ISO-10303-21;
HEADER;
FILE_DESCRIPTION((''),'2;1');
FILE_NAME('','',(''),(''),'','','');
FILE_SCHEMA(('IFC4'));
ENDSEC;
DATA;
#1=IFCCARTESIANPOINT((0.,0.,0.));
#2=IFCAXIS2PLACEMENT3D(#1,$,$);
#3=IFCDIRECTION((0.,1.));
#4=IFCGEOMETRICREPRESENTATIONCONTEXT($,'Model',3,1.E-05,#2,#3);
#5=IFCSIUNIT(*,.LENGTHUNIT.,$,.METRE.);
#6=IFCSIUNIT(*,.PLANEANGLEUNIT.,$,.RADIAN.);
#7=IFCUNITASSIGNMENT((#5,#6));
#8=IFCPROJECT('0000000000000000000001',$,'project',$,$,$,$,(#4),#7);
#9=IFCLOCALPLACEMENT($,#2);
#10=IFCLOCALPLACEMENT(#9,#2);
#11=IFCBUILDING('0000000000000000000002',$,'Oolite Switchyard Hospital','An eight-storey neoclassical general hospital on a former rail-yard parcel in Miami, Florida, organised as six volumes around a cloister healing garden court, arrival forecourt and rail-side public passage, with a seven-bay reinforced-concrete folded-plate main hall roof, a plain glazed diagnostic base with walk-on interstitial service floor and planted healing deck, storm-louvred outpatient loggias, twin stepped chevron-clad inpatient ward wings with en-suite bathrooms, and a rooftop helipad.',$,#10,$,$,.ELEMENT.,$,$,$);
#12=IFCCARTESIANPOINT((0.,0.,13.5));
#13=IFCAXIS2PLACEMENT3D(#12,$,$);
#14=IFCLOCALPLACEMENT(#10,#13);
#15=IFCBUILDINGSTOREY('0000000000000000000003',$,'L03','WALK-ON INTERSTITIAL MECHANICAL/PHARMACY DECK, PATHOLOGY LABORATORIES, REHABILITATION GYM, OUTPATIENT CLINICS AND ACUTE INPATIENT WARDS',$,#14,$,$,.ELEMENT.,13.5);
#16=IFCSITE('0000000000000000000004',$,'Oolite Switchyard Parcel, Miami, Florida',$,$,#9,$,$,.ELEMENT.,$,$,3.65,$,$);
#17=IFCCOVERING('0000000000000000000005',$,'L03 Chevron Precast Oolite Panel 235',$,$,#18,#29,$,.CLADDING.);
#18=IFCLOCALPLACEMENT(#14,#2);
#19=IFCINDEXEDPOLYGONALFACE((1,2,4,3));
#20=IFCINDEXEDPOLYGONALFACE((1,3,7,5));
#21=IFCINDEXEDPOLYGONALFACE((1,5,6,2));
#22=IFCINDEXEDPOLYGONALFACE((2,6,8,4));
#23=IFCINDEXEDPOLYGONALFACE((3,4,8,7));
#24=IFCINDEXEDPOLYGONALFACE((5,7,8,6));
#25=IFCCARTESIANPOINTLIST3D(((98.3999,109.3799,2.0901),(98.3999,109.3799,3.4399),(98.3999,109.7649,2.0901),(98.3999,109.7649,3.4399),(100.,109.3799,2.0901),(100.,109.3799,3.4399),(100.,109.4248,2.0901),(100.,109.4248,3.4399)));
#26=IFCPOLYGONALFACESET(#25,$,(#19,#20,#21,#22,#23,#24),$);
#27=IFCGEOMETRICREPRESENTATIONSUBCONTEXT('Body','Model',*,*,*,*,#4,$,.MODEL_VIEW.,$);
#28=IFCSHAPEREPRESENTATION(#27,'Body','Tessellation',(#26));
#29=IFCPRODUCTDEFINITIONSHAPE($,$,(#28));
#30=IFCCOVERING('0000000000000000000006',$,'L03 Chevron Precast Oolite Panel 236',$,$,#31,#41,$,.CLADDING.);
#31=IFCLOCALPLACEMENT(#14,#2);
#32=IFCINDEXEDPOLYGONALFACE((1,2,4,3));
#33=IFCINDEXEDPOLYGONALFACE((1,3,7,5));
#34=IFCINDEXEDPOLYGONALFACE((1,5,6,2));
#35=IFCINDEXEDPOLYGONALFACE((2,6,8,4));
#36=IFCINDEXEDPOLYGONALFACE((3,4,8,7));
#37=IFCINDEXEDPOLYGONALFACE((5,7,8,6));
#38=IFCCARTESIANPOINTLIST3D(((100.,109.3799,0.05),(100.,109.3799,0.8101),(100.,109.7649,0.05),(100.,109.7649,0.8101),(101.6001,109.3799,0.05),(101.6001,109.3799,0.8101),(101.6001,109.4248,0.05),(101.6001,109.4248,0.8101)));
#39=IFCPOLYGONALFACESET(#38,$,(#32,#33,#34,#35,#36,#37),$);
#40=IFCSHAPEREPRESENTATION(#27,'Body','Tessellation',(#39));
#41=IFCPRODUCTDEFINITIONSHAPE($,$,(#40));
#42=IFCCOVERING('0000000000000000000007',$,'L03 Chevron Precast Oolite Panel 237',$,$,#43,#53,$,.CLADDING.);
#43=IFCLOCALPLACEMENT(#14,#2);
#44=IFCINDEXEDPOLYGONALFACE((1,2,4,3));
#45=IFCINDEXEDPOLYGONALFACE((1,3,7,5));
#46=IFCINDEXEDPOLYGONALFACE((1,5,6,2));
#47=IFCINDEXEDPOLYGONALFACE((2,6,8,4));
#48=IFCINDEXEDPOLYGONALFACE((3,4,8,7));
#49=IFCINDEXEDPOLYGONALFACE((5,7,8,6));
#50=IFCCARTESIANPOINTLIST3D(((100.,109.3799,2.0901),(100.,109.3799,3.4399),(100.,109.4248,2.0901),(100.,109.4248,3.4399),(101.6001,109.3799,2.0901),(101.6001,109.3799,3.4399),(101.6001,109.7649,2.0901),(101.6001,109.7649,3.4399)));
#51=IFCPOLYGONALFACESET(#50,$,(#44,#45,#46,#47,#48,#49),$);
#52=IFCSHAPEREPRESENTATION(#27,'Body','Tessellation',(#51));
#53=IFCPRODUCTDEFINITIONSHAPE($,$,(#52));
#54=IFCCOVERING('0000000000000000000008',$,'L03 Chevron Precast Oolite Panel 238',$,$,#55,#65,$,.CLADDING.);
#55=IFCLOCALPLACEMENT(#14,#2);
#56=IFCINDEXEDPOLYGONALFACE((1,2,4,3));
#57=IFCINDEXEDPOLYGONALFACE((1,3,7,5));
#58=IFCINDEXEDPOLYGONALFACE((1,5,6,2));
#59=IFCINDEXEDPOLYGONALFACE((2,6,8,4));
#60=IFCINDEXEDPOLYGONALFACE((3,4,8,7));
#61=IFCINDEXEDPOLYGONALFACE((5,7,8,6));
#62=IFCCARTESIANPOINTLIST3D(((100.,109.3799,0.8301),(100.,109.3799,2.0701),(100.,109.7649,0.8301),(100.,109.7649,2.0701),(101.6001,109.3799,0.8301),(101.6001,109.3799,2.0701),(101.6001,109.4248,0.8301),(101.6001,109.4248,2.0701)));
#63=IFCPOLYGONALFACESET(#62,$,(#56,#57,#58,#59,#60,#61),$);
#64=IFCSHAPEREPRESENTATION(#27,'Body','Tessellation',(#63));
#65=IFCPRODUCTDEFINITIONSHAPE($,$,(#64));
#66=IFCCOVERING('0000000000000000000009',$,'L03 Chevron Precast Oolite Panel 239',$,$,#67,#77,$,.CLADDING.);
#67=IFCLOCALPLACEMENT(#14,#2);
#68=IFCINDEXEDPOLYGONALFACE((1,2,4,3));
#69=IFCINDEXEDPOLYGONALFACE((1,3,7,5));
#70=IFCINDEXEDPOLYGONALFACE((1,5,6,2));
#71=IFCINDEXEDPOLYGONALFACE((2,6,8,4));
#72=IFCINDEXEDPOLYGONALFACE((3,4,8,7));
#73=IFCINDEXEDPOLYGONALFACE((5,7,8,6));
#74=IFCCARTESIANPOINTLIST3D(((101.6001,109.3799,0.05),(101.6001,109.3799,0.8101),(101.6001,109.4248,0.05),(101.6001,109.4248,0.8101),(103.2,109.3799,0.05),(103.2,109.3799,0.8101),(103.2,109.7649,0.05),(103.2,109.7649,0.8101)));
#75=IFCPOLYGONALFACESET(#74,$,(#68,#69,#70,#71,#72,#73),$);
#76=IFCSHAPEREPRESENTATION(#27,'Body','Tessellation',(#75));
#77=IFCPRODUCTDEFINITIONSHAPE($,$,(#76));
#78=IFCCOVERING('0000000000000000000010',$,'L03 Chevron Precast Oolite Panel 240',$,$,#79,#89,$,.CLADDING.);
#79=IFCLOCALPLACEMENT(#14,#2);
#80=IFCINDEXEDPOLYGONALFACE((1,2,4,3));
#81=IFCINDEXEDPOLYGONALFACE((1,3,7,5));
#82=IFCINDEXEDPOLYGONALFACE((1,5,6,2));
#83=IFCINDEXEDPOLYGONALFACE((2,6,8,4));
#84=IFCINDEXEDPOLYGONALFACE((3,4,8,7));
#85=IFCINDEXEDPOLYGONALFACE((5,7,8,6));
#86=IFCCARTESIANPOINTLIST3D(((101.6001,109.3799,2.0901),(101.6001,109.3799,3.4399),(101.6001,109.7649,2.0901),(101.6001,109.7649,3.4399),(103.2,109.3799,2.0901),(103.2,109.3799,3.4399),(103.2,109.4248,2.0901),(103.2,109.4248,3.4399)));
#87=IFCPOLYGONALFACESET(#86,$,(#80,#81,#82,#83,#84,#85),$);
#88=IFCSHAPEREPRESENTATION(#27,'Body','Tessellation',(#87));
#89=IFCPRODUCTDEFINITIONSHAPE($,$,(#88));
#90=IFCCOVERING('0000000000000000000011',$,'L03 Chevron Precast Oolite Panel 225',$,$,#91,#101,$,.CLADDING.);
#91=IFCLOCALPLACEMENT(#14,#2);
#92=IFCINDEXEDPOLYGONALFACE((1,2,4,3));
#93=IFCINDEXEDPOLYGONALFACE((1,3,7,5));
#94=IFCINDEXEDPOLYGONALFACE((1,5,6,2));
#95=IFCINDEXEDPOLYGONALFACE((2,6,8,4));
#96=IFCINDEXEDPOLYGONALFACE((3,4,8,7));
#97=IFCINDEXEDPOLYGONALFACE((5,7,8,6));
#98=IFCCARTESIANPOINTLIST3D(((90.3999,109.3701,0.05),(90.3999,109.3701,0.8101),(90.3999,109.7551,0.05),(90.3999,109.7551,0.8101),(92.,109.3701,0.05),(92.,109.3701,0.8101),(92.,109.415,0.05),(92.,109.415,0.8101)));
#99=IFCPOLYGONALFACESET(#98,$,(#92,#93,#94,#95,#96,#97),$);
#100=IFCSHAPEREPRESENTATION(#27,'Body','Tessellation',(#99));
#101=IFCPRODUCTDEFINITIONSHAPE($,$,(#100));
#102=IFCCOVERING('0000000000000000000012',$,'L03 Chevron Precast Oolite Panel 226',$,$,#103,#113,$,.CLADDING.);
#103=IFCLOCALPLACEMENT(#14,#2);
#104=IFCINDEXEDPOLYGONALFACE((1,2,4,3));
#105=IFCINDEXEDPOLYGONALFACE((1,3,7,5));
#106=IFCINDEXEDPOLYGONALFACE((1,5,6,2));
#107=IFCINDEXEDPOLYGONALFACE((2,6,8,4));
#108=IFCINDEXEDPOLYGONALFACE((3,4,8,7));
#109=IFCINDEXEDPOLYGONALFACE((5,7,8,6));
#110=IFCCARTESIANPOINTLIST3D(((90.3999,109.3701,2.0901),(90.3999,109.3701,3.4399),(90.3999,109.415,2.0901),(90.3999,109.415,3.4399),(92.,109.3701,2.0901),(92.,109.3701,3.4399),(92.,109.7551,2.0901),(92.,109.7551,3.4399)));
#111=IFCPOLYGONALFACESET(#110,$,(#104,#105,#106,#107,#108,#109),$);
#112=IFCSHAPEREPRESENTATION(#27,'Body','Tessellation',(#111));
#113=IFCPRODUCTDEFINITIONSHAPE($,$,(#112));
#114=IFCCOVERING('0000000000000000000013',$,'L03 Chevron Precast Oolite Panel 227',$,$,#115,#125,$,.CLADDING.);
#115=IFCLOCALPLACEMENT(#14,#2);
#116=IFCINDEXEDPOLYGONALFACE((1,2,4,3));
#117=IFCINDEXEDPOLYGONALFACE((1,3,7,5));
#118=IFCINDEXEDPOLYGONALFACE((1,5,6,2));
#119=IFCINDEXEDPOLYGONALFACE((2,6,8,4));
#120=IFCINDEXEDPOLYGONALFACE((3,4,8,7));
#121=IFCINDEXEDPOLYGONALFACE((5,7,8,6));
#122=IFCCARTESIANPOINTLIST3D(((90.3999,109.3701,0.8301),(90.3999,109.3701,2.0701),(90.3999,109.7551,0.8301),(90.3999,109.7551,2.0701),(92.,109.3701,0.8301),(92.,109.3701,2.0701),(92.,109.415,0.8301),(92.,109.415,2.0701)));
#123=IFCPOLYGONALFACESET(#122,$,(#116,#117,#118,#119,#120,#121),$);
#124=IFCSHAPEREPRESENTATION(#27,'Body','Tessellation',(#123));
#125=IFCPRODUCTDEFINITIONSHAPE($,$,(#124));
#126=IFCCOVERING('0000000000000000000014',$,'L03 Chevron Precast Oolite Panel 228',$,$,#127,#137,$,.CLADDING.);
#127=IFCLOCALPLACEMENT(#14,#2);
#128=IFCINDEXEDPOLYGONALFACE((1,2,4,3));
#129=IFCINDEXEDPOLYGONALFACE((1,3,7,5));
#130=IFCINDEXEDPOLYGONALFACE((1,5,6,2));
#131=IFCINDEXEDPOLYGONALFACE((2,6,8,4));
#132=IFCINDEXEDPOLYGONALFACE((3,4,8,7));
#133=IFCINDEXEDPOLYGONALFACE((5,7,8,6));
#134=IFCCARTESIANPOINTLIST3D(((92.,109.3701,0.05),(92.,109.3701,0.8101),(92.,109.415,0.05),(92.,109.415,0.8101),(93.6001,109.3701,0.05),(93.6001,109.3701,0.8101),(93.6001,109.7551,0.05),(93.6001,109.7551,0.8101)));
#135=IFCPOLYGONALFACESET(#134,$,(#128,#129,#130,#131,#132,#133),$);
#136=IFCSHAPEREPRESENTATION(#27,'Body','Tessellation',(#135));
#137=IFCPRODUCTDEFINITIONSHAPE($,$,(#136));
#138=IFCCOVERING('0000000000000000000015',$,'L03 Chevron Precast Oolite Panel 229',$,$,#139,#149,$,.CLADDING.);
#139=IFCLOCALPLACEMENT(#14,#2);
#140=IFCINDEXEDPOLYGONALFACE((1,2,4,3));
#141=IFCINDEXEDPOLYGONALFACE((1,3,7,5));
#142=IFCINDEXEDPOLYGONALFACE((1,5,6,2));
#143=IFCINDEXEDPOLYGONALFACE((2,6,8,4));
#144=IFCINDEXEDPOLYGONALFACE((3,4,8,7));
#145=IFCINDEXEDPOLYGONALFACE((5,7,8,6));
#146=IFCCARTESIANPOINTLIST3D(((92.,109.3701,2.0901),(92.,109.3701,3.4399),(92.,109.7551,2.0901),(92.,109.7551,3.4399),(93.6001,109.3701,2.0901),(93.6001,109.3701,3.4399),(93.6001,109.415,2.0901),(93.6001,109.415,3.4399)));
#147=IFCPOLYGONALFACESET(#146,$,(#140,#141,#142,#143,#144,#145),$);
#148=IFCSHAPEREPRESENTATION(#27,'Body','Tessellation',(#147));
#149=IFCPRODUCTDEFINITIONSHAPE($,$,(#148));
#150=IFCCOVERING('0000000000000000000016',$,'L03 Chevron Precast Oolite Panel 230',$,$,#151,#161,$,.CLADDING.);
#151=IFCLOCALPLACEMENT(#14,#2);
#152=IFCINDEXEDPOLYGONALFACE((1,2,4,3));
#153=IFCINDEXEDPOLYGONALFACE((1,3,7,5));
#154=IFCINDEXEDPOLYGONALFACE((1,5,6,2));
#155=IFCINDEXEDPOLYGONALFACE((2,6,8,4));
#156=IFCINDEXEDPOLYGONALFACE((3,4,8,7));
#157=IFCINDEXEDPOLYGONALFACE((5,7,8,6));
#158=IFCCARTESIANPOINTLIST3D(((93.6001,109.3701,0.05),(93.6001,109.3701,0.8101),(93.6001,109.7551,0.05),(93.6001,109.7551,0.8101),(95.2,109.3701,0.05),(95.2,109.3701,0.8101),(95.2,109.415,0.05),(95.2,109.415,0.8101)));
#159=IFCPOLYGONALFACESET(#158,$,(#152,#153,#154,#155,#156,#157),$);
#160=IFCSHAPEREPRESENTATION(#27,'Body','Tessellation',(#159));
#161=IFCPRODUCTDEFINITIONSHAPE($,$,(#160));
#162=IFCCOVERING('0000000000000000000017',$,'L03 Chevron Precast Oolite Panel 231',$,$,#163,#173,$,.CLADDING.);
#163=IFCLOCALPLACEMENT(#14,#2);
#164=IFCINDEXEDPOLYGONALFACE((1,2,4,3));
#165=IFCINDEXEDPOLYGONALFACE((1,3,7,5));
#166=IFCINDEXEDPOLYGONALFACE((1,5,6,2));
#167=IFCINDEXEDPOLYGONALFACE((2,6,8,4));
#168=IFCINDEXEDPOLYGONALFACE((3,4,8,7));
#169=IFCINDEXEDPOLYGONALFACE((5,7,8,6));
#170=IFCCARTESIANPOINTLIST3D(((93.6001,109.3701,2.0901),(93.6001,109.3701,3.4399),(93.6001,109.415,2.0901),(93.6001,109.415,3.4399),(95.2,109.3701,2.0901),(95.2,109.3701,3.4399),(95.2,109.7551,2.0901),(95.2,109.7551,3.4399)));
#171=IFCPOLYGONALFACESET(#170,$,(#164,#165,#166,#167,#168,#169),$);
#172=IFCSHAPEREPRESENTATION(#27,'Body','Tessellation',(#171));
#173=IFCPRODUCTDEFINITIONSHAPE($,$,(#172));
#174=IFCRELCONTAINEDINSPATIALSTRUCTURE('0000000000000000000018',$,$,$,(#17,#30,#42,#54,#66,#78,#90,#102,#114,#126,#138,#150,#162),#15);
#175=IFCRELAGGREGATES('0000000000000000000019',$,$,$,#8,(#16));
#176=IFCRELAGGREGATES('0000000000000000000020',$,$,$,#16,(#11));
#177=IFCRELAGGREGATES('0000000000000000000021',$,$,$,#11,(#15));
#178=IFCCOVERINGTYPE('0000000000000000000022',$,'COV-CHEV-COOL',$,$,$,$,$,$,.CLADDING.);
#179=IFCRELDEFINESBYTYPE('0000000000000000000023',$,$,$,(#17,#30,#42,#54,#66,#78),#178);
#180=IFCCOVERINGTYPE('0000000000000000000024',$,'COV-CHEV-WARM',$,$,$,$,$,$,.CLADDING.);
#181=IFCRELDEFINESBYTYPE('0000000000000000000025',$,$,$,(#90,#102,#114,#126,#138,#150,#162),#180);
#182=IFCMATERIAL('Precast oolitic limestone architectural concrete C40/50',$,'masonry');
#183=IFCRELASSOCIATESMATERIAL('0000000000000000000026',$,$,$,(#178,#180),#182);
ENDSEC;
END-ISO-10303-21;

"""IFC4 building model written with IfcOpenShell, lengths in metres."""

from ifc_helpers import new_model, si_unit, direction, frame, origin, place, context, subcontext, project, spatial, polyline, outline, extrude, material, type_object, element, save


model = new_model("IFC4")

# Units and contexts
model_context = context("Model", 3, precision=1e-05, world=origin(), true_north=direction((0.0, 1.0)))
body_context = subcontext(model_context, "Body", "Model", "MODEL_VIEW")
ifc_project = project(units=[si_unit("LENGTHUNIT", "METRE"), si_unit("PLANEANGLEUNIT", "RADIAN")], contexts=[model_context])

# Site, building, storey
site_placement = place(None, origin())
site = spatial("IfcSite", under=ifc_project, at=site_placement, Name="Oolite Switchyard Parcel, Miami, Florida", CompositionType="ELEMENT", RefElevation=3.65)
building_placement = place(site_placement, origin())
building = spatial("IfcBuilding", under=site, at=building_placement, Name="Oolite Switchyard Hospital", Description="An eight-storey neoclassical general hospital on a former rail-yard parcel in Miami, Florida, organised as six volumes around a cloister healing garden court, arrival forecourt and rail-side public passage, with a seven-bay reinforced-concrete folded-plate main hall roof, a plain glazed diagnostic base with walk-on interstitial service floor and planted healing deck, storm-louvred outpatient loggias, twin stepped chevron-clad inpatient ward wings with en-suite bathrooms, and a rooftop helipad.", CompositionType="ELEMENT")
storey_placement = place(building_placement, frame((0.0, 0.0, 13.5)))
storey = spatial("IfcBuildingStorey", under=building, at=storey_placement, Name="L03", Description="WALK-ON INTERSTITIAL MECHANICAL/PHARMACY DECK, PATHOLOGY LABORATORIES, REHABILITATION GYM, OUTPATIENT CLINICS AND ACUTE INPATIENT WARDS", CompositionType="ELEMENT", Elevation=13.5)

# Shared definitions
ifc_material_1 = material(Name="Precast oolitic limestone architectural concrete C40/50", Category="masonry")

# Coverings
covering_type_1 = type_object("IfcCoveringType", Name="COV-CHEV-COOL", PredefinedType="CLADDING", material=ifc_material_1)
covering_1_placement = place(storey_placement, frame((98.3999, 109.3799, 2.0901), z_axis=(0.0, 0.0, 1.0), x_axis=(1.0, 0.0, 0.0)))
element("IfcCovering", 1, at=covering_1_placement, inside=storey, type_object=covering_type_1, Name="L03 Chevron Precast Oolite Panel 235", PredefinedType="CLADDING", context=body_context, shape_type="SweptSolid", body=[
    extrude(outline(polyline([(0.0, 0.0), (1.6001, 0.0), (1.6001, 0.0449), (0.0, 0.385), (0.0, 0.0)])), origin(), (0.0, 0.0, 1.0), 1.3499),
])
covering_2_placement = place(storey_placement, frame((100.0, 109.3799, 0.05), z_axis=(0.0, 0.0, 1.0), x_axis=(1.0, 0.0, 0.0)))
element("IfcCovering", 2, at=covering_2_placement, inside=storey, type_object=covering_type_1, Name="L03 Chevron Precast Oolite Panel 236", PredefinedType="CLADDING", context=body_context, shape_type="SweptSolid", body=[
    extrude(outline(polyline([(0.0, 0.0), (1.6001, 0.0), (1.6001, 0.0449), (0.0, 0.385), (0.0, 0.0)])), origin(), (0.0, 0.0, 1.0), 0.76),
])
covering_3_placement = place(storey_placement, frame((100.0, 109.3799, 2.0901), z_axis=(0.0, 0.0, 1.0), x_axis=(1.0, 0.0, 0.0)))
element("IfcCovering", 3, at=covering_3_placement, inside=storey, type_object=covering_type_1, Name="L03 Chevron Precast Oolite Panel 237", PredefinedType="CLADDING", context=body_context, shape_type="SweptSolid", body=[
    extrude(outline(polyline([(0.0, 0.0), (1.6001, 0.0), (1.6001, 0.385), (0.0, 0.0449), (0.0, 0.0)])), origin(), (0.0, 0.0, 1.0), 1.3499),
])
covering_4_placement = place(storey_placement, frame((100.0, 109.3799, 0.8301), z_axis=(0.0, 0.0, 1.0), x_axis=(1.0, 0.0, 0.0)))
element("IfcCovering", 4, at=covering_4_placement, inside=storey, type_object=covering_type_1, Name="L03 Chevron Precast Oolite Panel 238", PredefinedType="CLADDING", context=body_context, shape_type="SweptSolid", body=[
    extrude(outline(polyline([(0.0, 0.0), (1.6001, 0.0), (1.6001, 0.0449), (0.0, 0.385), (0.0, 0.0)])), origin(), (0.0, 0.0, 1.0), 1.24),
])
covering_5_placement = place(storey_placement, frame((101.6001, 109.3799, 0.05), z_axis=(0.0, 0.0, 1.0), x_axis=(1.0, 0.0, 0.0)))
element("IfcCovering", 5, at=covering_5_placement, inside=storey, type_object=covering_type_1, Name="L03 Chevron Precast Oolite Panel 239", PredefinedType="CLADDING", context=body_context, shape_type="SweptSolid", body=[
    extrude(outline(polyline([(0.0, 0.0), (1.5999, 0.0), (1.5999, 0.385), (0.0, 0.0449), (0.0, 0.0)])), origin(), (0.0, 0.0, 1.0), 0.76),
])
covering_6_placement = place(storey_placement, frame((101.6001, 109.3799, 2.0901), z_axis=(0.0, 0.0, 1.0), x_axis=(1.0, 0.0, 0.0)))
element("IfcCovering", 6, at=covering_6_placement, inside=storey, type_object=covering_type_1, Name="L03 Chevron Precast Oolite Panel 240", PredefinedType="CLADDING", context=body_context, shape_type="SweptSolid", body=[
    extrude(outline(polyline([(0.0, 0.0), (1.5999, 0.0), (1.5999, 0.0449), (0.0, 0.385), (0.0, 0.0)])), origin(), (0.0, 0.0, 1.0), 1.3499),
])
covering_type_2 = type_object("IfcCoveringType", Name="COV-CHEV-WARM", PredefinedType="CLADDING", material=ifc_material_1)
covering_7_placement = place(storey_placement, frame((90.3999, 109.3701, 0.05), z_axis=(0.0, 0.0, 1.0), x_axis=(1.0, 0.0, 0.0)))
element("IfcCovering", 7, at=covering_7_placement, inside=storey, type_object=covering_type_2, Name="L03 Chevron Precast Oolite Panel 225", PredefinedType="CLADDING", context=body_context, shape_type="SweptSolid", body=[
    extrude(outline(polyline([(0.0, 0.0), (1.6001, 0.0), (1.6001, 0.0449), (0.0, 0.385), (0.0, 0.0)])), origin(), (0.0, 0.0, 1.0), 0.76),
])
covering_8_placement = place(storey_placement, frame((90.3999, 109.3701, 2.0901), z_axis=(0.0, 0.0, 1.0), x_axis=(1.0, 0.0, 0.0)))
element("IfcCovering", 8, at=covering_8_placement, inside=storey, type_object=covering_type_2, Name="L03 Chevron Precast Oolite Panel 226", PredefinedType="CLADDING", context=body_context, shape_type="SweptSolid", body=[
    extrude(outline(polyline([(0.0, 0.0), (1.6001, 0.0), (1.6001, 0.385), (0.0, 0.0449), (0.0, 0.0)])), origin(), (0.0, 0.0, 1.0), 1.3499),
])
covering_9_placement = place(storey_placement, frame((90.3999, 109.3701, 0.8301), z_axis=(0.0, 0.0, 1.0), x_axis=(1.0, 0.0, 0.0)))
element("IfcCovering", 9, at=covering_9_placement, inside=storey, type_object=covering_type_2, Name="L03 Chevron Precast Oolite Panel 227", PredefinedType="CLADDING", context=body_context, shape_type="SweptSolid", body=[
    extrude(outline(polyline([(0.0, 0.0), (1.6001, 0.0), (1.6001, 0.0449), (0.0, 0.385), (0.0, 0.0)])), origin(), (0.0, 0.0, 1.0), 1.24),
])
covering_10_placement = place(storey_placement, frame((92.0, 109.3701, 0.05), z_axis=(0.0, 0.0, 1.0), x_axis=(1.0, 0.0, 0.0)))
element("IfcCovering", 10, at=covering_10_placement, inside=storey, type_object=covering_type_2, Name="L03 Chevron Precast Oolite Panel 228", PredefinedType="CLADDING", context=body_context, shape_type="SweptSolid", body=[
    extrude(outline(polyline([(0.0, 0.0), (1.6001, 0.0), (1.6001, 0.385), (0.0, 0.0449), (0.0, 0.0)])), origin(), (0.0, 0.0, 1.0), 0.76),
])
covering_11_placement = place(storey_placement, frame((92.0, 109.3701, 2.0901), z_axis=(0.0, 0.0, 1.0), x_axis=(1.0, 0.0, 0.0)))
element("IfcCovering", 11, at=covering_11_placement, inside=storey, type_object=covering_type_2, Name="L03 Chevron Precast Oolite Panel 229", PredefinedType="CLADDING", context=body_context, shape_type="SweptSolid", body=[
    extrude(outline(polyline([(0.0, 0.0), (1.6001, 0.0), (1.6001, 0.0449), (0.0, 0.385), (0.0, 0.0)])), origin(), (0.0, 0.0, 1.0), 1.3499),
])
covering_12_placement = place(storey_placement, frame((93.6001, 109.3701, 0.05), z_axis=(0.0, 0.0, 1.0), x_axis=(1.0, 0.0, 0.0)))
element("IfcCovering", 12, at=covering_12_placement, inside=storey, type_object=covering_type_2, Name="L03 Chevron Precast Oolite Panel 230", PredefinedType="CLADDING", context=body_context, shape_type="SweptSolid", body=[
    extrude(outline(polyline([(0.0, 0.0), (1.5999, 0.0), (1.5999, 0.0449), (0.0, 0.385), (0.0, 0.0)])), origin(), (0.0, 0.0, 1.0), 0.76),
])
covering_13_placement = place(storey_placement, frame((93.6001, 109.3701, 2.0901), z_axis=(0.0, 0.0, 1.0), x_axis=(1.0, 0.0, 0.0)))
element("IfcCovering", 13, at=covering_13_placement, inside=storey, type_object=covering_type_2, Name="L03 Chevron Precast Oolite Panel 231", PredefinedType="CLADDING", context=body_context, shape_type="SweptSolid", body=[
    extrude(outline(polyline([(0.0, 0.0), (1.5999, 0.0), (1.5999, 0.385), (0.0, 0.0449), (0.0, 0.0)])), origin(), (0.0, 0.0, 1.0), 1.3499),
])

save(model, "model.ifc")
